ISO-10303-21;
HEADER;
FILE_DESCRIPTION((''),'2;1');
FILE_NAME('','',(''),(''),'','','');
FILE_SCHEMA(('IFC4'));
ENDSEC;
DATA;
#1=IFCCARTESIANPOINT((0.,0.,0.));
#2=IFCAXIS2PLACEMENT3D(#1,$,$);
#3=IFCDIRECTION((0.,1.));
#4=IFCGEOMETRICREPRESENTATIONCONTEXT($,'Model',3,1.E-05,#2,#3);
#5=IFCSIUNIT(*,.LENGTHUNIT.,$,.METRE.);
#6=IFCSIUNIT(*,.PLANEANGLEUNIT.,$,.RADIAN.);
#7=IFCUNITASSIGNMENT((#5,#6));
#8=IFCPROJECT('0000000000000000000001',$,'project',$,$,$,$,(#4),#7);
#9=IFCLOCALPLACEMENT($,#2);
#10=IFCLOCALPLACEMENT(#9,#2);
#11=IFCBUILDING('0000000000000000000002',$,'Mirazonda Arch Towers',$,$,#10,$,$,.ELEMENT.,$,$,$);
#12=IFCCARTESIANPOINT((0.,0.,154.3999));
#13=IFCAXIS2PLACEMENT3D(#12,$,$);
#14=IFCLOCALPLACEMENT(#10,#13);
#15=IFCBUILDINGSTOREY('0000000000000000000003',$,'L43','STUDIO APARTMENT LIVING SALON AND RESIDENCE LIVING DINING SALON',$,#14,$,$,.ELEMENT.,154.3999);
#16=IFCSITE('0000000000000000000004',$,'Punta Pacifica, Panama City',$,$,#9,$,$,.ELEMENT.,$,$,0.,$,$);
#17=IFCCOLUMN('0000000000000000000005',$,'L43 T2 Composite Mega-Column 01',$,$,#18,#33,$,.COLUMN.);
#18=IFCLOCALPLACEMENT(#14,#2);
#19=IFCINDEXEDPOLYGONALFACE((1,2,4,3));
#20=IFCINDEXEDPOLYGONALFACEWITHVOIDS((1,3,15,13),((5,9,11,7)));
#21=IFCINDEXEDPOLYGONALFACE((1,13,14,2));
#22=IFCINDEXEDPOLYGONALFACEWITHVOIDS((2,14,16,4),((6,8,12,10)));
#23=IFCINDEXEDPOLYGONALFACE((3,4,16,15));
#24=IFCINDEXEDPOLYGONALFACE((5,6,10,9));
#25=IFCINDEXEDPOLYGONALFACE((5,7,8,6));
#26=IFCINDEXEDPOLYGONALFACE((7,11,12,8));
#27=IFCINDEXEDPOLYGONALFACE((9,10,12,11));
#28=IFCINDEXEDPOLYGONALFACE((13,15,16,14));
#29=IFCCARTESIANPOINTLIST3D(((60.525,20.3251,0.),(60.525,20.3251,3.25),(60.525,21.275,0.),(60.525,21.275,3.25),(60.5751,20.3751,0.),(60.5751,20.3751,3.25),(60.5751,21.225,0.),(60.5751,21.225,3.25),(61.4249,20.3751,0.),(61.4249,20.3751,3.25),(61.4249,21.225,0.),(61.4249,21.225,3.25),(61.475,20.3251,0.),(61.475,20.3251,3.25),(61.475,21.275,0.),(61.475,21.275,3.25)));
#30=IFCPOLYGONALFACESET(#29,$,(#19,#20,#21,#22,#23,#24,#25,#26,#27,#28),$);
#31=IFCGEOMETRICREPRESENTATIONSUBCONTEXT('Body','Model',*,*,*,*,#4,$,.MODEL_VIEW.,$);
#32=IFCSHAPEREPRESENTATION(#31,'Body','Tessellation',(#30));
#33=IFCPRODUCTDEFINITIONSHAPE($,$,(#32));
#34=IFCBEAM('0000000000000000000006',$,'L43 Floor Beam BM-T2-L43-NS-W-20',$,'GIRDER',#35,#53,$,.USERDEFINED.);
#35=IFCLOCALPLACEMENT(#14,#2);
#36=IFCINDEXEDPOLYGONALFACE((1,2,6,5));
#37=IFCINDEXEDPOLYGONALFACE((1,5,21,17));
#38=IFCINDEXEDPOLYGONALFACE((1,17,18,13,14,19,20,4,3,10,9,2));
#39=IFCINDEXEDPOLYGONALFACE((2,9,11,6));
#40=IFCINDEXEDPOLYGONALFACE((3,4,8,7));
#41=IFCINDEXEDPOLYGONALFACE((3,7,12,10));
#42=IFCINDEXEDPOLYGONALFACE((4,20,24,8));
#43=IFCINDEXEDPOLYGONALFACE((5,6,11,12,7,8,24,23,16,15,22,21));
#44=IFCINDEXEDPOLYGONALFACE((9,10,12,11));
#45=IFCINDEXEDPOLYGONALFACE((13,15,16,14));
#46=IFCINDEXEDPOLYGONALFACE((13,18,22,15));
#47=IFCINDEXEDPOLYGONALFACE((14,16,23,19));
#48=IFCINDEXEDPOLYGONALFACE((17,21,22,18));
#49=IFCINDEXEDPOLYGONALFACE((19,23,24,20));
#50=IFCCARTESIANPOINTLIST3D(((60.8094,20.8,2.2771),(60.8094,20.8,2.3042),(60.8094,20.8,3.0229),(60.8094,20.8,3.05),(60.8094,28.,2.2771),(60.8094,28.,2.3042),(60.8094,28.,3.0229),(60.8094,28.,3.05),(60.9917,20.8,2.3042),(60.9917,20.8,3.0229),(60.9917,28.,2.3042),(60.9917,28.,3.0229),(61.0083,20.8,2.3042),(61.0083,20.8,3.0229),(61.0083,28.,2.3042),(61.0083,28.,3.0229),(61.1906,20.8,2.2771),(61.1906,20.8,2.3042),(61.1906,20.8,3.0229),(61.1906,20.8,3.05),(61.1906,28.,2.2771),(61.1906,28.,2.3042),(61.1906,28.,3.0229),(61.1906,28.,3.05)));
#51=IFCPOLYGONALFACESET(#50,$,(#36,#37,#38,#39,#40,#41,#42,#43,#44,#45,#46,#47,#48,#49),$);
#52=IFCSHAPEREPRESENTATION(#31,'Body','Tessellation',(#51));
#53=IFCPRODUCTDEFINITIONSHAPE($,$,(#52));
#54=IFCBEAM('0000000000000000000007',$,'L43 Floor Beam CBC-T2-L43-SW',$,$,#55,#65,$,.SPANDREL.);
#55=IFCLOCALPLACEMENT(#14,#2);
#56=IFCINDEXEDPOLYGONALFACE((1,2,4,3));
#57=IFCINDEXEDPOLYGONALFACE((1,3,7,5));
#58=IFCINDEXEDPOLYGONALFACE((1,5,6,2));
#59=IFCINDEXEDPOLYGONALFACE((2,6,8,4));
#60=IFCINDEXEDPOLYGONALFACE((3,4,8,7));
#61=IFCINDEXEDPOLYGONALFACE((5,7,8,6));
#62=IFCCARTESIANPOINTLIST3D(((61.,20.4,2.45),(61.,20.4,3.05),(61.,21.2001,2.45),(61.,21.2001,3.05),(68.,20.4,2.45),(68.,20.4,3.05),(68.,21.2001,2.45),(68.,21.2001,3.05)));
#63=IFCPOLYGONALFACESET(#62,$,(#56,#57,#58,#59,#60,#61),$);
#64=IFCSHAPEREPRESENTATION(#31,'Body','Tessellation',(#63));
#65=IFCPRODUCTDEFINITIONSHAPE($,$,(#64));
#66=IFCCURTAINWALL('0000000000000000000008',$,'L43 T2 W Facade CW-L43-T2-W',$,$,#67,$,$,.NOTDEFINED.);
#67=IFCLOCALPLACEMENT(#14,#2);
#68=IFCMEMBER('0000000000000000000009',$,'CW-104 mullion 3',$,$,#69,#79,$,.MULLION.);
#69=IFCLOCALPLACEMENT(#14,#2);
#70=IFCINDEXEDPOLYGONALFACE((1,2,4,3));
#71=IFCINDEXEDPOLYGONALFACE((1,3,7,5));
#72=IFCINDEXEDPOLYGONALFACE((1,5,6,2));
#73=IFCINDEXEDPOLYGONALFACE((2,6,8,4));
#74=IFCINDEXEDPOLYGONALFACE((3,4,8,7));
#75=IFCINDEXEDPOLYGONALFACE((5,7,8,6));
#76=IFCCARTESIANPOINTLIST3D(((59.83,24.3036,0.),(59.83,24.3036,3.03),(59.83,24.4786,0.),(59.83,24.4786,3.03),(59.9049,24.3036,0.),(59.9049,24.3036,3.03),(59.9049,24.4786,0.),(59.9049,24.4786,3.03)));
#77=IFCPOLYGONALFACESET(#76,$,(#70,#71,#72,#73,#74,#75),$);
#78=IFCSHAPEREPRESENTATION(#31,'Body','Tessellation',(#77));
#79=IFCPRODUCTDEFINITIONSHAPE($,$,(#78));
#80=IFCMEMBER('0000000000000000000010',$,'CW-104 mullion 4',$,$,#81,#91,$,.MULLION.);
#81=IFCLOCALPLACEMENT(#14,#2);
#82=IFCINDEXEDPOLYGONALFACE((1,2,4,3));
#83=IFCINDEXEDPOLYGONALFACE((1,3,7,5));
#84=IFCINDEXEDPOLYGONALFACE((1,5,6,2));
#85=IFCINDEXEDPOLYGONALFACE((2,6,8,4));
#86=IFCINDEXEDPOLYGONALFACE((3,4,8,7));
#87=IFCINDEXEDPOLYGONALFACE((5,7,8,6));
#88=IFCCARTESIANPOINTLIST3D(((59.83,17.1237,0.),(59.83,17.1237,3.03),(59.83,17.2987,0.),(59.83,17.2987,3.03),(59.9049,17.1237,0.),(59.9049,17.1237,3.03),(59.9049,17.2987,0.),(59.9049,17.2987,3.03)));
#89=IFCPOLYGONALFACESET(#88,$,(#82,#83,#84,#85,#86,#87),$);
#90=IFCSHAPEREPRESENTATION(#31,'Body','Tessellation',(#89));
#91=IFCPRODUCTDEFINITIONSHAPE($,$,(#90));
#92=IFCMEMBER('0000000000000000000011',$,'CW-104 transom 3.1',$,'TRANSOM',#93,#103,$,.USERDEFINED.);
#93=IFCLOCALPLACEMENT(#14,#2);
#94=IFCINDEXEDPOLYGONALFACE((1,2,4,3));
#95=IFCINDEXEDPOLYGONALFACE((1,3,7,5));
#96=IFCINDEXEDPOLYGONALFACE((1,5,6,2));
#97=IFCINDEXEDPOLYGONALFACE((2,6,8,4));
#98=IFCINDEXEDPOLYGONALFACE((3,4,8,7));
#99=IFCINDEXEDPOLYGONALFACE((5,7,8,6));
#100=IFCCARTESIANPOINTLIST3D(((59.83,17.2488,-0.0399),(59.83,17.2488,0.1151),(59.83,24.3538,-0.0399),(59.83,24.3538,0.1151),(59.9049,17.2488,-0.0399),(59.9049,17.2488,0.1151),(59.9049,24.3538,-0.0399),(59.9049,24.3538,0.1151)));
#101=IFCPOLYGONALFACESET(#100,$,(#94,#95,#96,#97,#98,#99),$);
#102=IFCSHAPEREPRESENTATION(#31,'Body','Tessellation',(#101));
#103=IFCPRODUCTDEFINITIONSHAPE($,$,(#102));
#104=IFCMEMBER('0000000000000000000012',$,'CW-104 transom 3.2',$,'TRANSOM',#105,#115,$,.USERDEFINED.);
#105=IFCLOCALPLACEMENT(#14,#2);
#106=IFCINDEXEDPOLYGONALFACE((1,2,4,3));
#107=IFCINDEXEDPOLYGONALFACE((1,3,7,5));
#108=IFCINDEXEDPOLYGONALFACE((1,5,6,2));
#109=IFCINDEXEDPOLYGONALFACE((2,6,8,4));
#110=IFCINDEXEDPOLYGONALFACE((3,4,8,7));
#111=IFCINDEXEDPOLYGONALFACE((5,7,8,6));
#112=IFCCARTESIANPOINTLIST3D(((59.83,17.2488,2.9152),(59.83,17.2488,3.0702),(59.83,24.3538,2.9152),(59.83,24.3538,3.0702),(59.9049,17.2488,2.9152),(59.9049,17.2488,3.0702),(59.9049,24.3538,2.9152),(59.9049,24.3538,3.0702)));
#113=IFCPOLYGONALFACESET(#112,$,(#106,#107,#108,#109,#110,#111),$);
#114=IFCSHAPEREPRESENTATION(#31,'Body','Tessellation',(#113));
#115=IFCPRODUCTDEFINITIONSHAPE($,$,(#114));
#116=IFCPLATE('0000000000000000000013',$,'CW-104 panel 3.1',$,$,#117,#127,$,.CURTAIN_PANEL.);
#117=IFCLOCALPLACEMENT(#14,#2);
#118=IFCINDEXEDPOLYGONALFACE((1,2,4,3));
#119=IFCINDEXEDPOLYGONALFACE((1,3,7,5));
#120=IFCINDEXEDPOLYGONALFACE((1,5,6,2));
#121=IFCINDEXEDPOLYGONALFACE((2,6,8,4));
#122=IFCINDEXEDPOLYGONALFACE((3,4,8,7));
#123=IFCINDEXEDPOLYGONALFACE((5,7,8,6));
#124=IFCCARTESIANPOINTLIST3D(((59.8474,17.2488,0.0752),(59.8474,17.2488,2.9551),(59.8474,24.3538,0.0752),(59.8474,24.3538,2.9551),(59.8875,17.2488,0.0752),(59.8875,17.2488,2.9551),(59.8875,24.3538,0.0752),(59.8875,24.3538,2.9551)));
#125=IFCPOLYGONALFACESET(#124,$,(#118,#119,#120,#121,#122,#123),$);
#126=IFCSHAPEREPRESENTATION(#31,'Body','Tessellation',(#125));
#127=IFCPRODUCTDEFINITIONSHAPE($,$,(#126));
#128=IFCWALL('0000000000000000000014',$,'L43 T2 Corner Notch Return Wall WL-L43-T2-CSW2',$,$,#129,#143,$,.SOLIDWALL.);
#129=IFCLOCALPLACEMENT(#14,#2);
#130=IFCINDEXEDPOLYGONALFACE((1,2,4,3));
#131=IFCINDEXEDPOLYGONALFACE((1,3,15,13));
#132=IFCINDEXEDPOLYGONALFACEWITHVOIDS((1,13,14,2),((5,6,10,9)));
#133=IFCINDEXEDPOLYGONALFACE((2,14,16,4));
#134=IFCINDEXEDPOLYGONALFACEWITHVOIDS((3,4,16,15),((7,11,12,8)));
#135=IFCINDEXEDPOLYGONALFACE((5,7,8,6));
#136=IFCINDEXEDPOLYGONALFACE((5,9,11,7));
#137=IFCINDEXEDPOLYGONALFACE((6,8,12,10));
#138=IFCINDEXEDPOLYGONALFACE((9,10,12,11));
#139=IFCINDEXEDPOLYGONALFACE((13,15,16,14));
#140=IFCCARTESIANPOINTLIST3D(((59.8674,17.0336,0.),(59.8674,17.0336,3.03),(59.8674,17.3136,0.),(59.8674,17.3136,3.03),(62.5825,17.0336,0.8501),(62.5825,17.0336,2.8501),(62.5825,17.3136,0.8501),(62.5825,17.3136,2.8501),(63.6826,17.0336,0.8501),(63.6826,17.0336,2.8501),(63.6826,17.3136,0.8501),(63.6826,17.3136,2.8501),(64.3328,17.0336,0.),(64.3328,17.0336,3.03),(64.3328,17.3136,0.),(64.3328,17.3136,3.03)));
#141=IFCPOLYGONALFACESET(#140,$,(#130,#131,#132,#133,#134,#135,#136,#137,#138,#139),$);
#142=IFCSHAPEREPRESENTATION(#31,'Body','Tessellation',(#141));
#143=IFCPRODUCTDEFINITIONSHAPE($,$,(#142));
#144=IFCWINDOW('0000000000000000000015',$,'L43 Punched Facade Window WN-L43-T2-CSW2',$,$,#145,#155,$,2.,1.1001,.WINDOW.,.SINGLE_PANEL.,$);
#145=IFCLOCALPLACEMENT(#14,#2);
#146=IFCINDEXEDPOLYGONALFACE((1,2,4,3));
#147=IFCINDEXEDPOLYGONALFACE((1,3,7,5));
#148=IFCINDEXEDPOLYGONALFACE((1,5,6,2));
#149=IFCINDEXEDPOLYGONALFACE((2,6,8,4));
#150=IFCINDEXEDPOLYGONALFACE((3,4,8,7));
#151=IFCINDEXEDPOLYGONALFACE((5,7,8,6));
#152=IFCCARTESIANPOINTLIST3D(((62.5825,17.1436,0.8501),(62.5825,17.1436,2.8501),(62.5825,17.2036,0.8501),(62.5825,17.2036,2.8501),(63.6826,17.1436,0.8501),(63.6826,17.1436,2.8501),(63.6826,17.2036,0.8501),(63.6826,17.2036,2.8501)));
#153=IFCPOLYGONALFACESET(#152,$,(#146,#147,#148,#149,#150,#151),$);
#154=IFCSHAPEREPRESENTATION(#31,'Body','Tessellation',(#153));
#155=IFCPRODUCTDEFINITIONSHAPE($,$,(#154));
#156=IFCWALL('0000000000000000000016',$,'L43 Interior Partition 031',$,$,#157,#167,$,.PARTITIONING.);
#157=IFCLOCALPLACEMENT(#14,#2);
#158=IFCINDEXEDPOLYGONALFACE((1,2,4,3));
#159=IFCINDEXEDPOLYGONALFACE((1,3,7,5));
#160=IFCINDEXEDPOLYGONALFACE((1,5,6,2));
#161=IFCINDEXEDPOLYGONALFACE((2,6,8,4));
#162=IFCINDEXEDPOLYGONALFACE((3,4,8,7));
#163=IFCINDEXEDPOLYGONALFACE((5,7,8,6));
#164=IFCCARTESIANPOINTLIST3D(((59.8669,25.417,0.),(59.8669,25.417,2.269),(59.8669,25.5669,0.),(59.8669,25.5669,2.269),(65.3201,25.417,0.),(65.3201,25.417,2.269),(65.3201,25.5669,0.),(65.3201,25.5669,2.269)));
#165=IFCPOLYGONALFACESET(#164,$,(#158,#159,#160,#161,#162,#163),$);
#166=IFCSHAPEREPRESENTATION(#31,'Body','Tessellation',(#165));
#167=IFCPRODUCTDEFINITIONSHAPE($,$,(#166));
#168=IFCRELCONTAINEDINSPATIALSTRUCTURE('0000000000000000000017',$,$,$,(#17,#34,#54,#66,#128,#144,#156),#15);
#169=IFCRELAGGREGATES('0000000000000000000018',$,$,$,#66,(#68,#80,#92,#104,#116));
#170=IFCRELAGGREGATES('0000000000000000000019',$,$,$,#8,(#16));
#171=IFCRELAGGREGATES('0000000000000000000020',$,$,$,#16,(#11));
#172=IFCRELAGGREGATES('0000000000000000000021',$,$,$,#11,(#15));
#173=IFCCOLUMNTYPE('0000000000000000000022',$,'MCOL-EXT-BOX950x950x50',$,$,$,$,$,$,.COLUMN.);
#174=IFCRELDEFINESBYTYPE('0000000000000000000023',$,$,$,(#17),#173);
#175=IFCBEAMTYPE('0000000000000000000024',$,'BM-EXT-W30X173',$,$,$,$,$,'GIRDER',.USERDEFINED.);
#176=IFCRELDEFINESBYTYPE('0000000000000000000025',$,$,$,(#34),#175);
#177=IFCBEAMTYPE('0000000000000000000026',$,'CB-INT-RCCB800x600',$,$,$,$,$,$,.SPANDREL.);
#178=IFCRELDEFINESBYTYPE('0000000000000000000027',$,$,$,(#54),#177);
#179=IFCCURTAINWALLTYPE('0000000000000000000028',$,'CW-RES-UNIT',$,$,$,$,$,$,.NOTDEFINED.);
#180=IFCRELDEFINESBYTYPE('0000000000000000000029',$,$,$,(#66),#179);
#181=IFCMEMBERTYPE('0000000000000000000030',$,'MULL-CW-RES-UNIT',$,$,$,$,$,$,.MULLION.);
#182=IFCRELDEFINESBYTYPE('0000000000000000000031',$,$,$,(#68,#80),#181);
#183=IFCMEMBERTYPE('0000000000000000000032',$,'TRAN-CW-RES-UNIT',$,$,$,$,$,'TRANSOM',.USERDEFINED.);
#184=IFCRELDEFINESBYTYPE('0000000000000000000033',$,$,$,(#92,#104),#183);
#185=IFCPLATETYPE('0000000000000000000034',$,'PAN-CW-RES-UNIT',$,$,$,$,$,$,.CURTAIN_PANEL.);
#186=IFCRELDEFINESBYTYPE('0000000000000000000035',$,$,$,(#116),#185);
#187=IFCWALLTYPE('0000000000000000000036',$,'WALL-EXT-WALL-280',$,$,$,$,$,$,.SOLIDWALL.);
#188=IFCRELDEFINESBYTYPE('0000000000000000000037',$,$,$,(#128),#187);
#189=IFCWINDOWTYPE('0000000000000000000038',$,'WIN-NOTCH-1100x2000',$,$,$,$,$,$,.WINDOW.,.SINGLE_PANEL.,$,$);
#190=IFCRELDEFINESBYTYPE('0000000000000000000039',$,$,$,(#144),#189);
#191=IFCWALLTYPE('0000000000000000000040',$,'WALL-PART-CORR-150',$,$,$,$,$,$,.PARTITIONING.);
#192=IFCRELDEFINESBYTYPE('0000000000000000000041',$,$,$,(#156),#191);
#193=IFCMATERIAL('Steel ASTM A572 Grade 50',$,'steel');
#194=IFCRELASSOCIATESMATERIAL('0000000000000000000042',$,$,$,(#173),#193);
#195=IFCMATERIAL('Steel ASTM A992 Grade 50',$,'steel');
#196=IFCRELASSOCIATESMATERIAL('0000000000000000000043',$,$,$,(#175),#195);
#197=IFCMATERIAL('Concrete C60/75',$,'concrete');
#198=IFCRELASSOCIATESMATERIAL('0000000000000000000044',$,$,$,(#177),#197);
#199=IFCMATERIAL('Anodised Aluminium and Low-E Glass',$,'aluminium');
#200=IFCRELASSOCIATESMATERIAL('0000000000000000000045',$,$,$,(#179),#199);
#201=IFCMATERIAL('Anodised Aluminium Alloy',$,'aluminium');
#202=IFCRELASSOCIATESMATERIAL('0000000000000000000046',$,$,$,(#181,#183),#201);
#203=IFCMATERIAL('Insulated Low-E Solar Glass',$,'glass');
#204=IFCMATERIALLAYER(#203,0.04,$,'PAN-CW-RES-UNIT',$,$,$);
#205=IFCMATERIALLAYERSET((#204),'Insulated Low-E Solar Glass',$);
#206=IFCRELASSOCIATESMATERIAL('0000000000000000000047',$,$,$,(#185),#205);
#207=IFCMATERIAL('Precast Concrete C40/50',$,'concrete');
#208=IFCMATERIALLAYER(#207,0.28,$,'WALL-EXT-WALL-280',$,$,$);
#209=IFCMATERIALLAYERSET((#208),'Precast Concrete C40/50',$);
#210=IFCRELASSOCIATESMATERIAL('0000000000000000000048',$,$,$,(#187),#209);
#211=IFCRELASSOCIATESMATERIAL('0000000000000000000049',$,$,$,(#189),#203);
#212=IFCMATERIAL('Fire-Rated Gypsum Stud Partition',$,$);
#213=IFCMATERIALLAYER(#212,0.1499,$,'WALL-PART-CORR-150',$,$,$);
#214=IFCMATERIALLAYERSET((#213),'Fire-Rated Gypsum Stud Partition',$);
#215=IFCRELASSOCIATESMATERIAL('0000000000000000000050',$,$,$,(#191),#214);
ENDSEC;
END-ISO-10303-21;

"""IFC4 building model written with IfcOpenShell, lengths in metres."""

from ifc_helpers import new_model, si_unit, direction, frame, frame_2d, origin, origin_2d, place, context, subcontext, project, spatial, rectangle, hollow_rectangle, i_section, extrude, material, layer, layer_set, material_profile, profile_set, type_object, element, fill, aggregate, save


model = new_model("IFC4")

# Units and contexts
model_context = context("Model", 3, precision=1e-05, world=origin(), true_north=direction((0.0, 1.0)))
body_context = subcontext(model_context, "Body", "Model", "MODEL_VIEW")
ifc_project = project(units=[si_unit("LENGTHUNIT", "METRE"), si_unit("PLANEANGLEUNIT", "RADIAN")], contexts=[model_context])

# Site, building, storey
site_placement = place(None, origin())
site = spatial("IfcSite", under=ifc_project, at=site_placement, Name="Punta Pacifica, Panama City", CompositionType="ELEMENT", RefElevation=0.0)
building_placement = place(site_placement, origin())
building = spatial("IfcBuilding", under=site, at=building_placement, Name="Mirazonda Arch Towers", CompositionType="ELEMENT")
storey_placement = place(building_placement, frame((0.0, 0.0, 154.3999)))
storey = spatial("IfcBuildingStorey", under=building, at=storey_placement, Name="L43", Description="STUDIO APARTMENT LIVING SALON AND RESIDENCE LIVING DINING SALON", CompositionType="ELEMENT", Elevation=154.3999)

# Column
ifc_material_1 = material(Name="Steel ASTM A572 Grade 50", Category="steel")
ifc_material_profile_1 = material_profile(ifc_material_1, hollow_rectangle(XDim=0.95, YDim=0.95, WallThickness=0.05, at=origin_2d()), Name="BOX950x950x50")
ifc_profile_set_1 = profile_set([ifc_material_profile_1], Name="Steel ASTM A572 Grade 50")
column_type = type_object("IfcColumnType", Name="MCOL-EXT-BOX950x950x50", PredefinedType="COLUMN", material=ifc_profile_set_1)
column_placement = place(storey_placement, frame((61.0, 20.8, 0.0), z_axis=(0.0, 0.0, 1.0), x_axis=(1.0, 0.0, 0.0)))
element("IfcColumn", 1, at=column_placement, inside=storey, type_object=column_type, Name="L43 T2 Composite Mega-Column 01", PredefinedType="COLUMN", context=body_context, shape_type="SweptSolid", body=[
    extrude(hollow_rectangle(XDim=0.95, YDim=0.95, WallThickness=0.05, at=origin_2d()), origin(), (0.0, 0.0, 1.0), 3.25),
])

# Beams
ifc_material_2 = material(Name="Steel ASTM A992 Grade 50", Category="steel")
ifc_material_profile_2 = material_profile(ifc_material_2, i_section(OverallWidth=0.3811, OverallDepth=0.7729, WebThickness=0.0166, FlangeThickness=0.0271, at=origin_2d()), Name="W30X173")
ifc_profile_set_2 = profile_set([ifc_material_profile_2], Name="Steel ASTM A992 Grade 50")
beam_type_1 = type_object("IfcBeamType", Name="BM-EXT-W30X173", ElementType="GIRDER", PredefinedType="USERDEFINED", material=ifc_profile_set_2)
beam_1_placement = place(storey_placement, frame((61.0, 20.8, 2.6636), z_axis=(0.0, 1.0, 0.0), x_axis=(-1.0, 0.0, 0.0)))
element("IfcBeam", 2, at=beam_1_placement, inside=storey, type_object=beam_type_1, Name="L43 Floor Beam BM-T2-L43-NS-W-20", ObjectType="GIRDER", PredefinedType="USERDEFINED", context=body_context, shape_type="SweptSolid", body=[
    extrude(i_section(OverallWidth=0.3811, OverallDepth=0.7729, WebThickness=0.0166, FlangeThickness=0.0271, at=origin_2d()), origin(), (0.0, 0.0, 1.0), 7.2),
])
ifc_material_3 = material(Name="Concrete C60/75", Category="concrete")
ifc_material_profile_3 = material_profile(ifc_material_3, rectangle(XDim=0.8, YDim=0.6001, at=origin_2d()), Name="RCCB800x600")
ifc_profile_set_3 = profile_set([ifc_material_profile_3], Name="Concrete C60/75")
beam_type_2 = type_object("IfcBeamType", Name="CB-INT-RCCB800x600", PredefinedType="SPANDREL", material=ifc_profile_set_3)
beam_2_placement = place(storey_placement, frame((61.0, 20.8, 2.75), z_axis=(1.0, 0.0, 0.0), x_axis=(0.0, 1.0, 0.0)))
element("IfcBeam", 3, at=beam_2_placement, inside=storey, type_object=beam_type_2, Name="L43 Floor Beam CBC-T2-L43-SW", PredefinedType="SPANDREL", context=body_context, shape_type="SweptSolid", body=[
    extrude(rectangle(XDim=0.8, YDim=0.6001, at=origin_2d()), origin(), (0.0, 0.0, 1.0), 7.0),
])

# Curtain wall, members, plate
ifc_material_4 = material(Name="Anodised Aluminium and Low-E Glass", Category="aluminium")
curtain_wall_type = type_object("IfcCurtainWallType", Name="CW-RES-UNIT", PredefinedType="NOTDEFINED", material=ifc_material_4)
curtain_wall_placement = place(storey_placement, origin())
curtain_wall = element("IfcCurtainWall", 4, at=curtain_wall_placement, inside=storey, type_object=curtain_wall_type, Name="L43 T2 W Facade CW-L43-T2-W", PredefinedType="NOTDEFINED")
ifc_material_5 = material(Name="Anodised Aluminium Alloy", Category="aluminium")
ifc_material_profile_4 = material_profile(ifc_material_5, rectangle(XDim=0.075, YDim=0.175, at=origin_2d()), Name="ALU-MULL-75x175")
ifc_profile_set_4 = profile_set([ifc_material_profile_4], Name="Anodised Aluminium Alloy")
member_type_1 = type_object("IfcMemberType", Name="MULL-CW-RES-UNIT", PredefinedType="MULLION", material=ifc_profile_set_4)
member_1_placement = place(storey_placement, frame((59.8674, 24.3911, 0.0), z_axis=(0.0, 0.0, 1.0), x_axis=(1.0, 0.0, 0.0)))
member_1 = element("IfcMember", 5, at=member_1_placement, type_object=member_type_1, Name="CW-104 mullion 3", PredefinedType="MULLION", context=body_context, shape_type="SweptSolid", body=[
    extrude(rectangle(XDim=0.075, YDim=0.175, at=origin_2d()), origin(), (0.0, 0.0, 1.0), 3.03),
])
member_2_placement = place(storey_placement, frame((59.8674, 17.2112, 0.0), z_axis=(0.0, 0.0, 1.0), x_axis=(1.0, 0.0, 0.0)))
member_2 = element("IfcMember", 6, at=member_2_placement, type_object=member_type_1, Name="CW-104 mullion 4", PredefinedType="MULLION", context=body_context, shape_type="SweptSolid", body=[
    extrude(rectangle(XDim=0.075, YDim=0.175, at=origin_2d()), origin(), (0.0, 0.0, 1.0), 3.03),
])
ifc_material_profile_5 = material_profile(ifc_material_5, rectangle(XDim=0.075, YDim=0.155, at=origin_2d()), Name="ALU-TRAN-75x155")
ifc_profile_set_5 = profile_set([ifc_material_profile_5], Name="Anodised Aluminium Alloy")
member_type_2 = type_object("IfcMemberType", Name="TRAN-CW-RES-UNIT", ElementType="TRANSOM", PredefinedType="USERDEFINED", material=ifc_profile_set_5)
member_3_placement = place(storey_placement, frame((59.8674, 24.3538, 0.0376), z_axis=(0.0, -1.0, 0.0), x_axis=(1.0, 0.0, 0.0)))
member_3 = element("IfcMember", 7, at=member_3_placement, type_object=member_type_2, Name="CW-104 transom 3.1", ObjectType="TRANSOM", PredefinedType="USERDEFINED", context=body_context, shape_type="SweptSolid", body=[
    extrude(rectangle(XDim=0.075, YDim=0.155, at=origin_2d()), origin(), (0.0, 0.0, 1.0), 7.105),
])
member_4_placement = place(storey_placement, frame((59.8674, 24.3538, 2.9927), z_axis=(0.0, -1.0, 0.0), x_axis=(1.0, 0.0, 0.0)))
member_4 = element("IfcMember", 8, at=member_4_placement, type_object=member_type_2, Name="CW-104 transom 3.2", ObjectType="TRANSOM", PredefinedType="USERDEFINED", context=body_context, shape_type="SweptSolid", body=[
    extrude(rectangle(XDim=0.075, YDim=0.155, at=origin_2d()), origin(), (0.0, 0.0, 1.0), 7.105),
])
ifc_material_6 = material(Name="Insulated Low-E Solar Glass", Category="glass")
ifc_layer_1 = layer(ifc_material_6, 0.04, Name="PAN-CW-RES-UNIT")
ifc_layer_set_1 = layer_set([ifc_layer_1], Name="Insulated Low-E Solar Glass")
plate_type = type_object("IfcPlateType", Name="PAN-CW-RES-UNIT", PredefinedType="CURTAIN_PANEL", material=ifc_layer_set_1)
plate_placement = place(storey_placement, frame((59.8674, 20.8013, 0.0752), z_axis=(0.0, 0.0, 1.0), x_axis=(0.0, -1.0, 0.0)))
plate = element("IfcPlate", 9, at=plate_placement, type_object=plate_type, Name="CW-104 panel 3.1", PredefinedType="CURTAIN_PANEL", context=body_context, shape_type="SweptSolid", body=[
    extrude(rectangle(XDim=7.105, YDim=0.04, at=origin_2d()), origin(), (0.0, 0.0, 1.0), 2.8799),
])
aggregate(curtain_wall, [member_1, member_2, member_3, member_4, plate])

# Wall, opening, window
ifc_material_7 = material(Name="Precast Concrete C40/50", Category="concrete")
ifc_layer_2 = layer(ifc_material_7, 0.28, Name="WALL-EXT-WALL-280")
ifc_layer_set_2 = layer_set([ifc_layer_2], Name="Precast Concrete C40/50")
wall_type_1 = type_object("IfcWallType", Name="WALL-EXT-WALL-280", PredefinedType="SOLIDWALL", material=ifc_layer_set_2)
wall_1_placement = place(storey_placement, frame((59.8674, 17.1736, 0.0), z_axis=(0.0, 0.0, 1.0), x_axis=(1.0, 0.0, 0.0)))
wall_1 = element("IfcWall", 10, at=wall_1_placement, inside=storey, type_object=wall_type_1, Name="L43 T2 Corner Notch Return Wall WL-L43-T2-CSW2", PredefinedType="SOLIDWALL", context=body_context, shape_type="SweptSolid", body=[
    extrude(rectangle(XDim=4.4653, YDim=0.28, at=frame_2d((2.2327, 0.0))), origin(), (0.0, 0.0, 1.0), 3.03),
])
opening_1_placement = place(wall_1_placement, frame((2.7151, 0.0, 0.8501)))
opening_1 = element("IfcOpeningElement", 11, at=opening_1_placement, cuts=wall_1, PredefinedType="OPENING", context=body_context, shape_type="SweptSolid", body=[
    extrude(rectangle(XDim=1.1001, YDim=2.0, at=frame_2d((0.55, 1.0))), frame((0.0, 0.1499, 0.0), z_axis=(0.0, -1.0, 0.0), x_axis=(1.0, 0.0, 0.0)), (0.0, 0.0, 1.0), 0.3),
])
window_type = type_object("IfcWindowType", Name="WIN-NOTCH-1100x2000", PartitioningType="SINGLE_PANEL", PredefinedType="WINDOW", material=ifc_material_6)
window_placement = place(opening_1_placement, origin())
window = element("IfcWindow", 12, at=window_placement, inside=storey, type_object=window_type, Name="L43 Punched Facade Window WN-L43-T2-CSW2", OverallHeight=2.0, OverallWidth=1.1001, PartitioningType="SINGLE_PANEL", PredefinedType="WINDOW", context=body_context, shape_type="SweptSolid", body=[
    extrude(rectangle(XDim=1.1001, YDim=2.0, at=frame_2d((0.55, 1.0))), frame((0.0, 0.03, 0.0), z_axis=(0.0, -1.0, 0.0), x_axis=(1.0, 0.0, 0.0)), (0.0, 0.0, 1.0), 0.0601),
])
fill(opening_1, window)

# Wall
ifc_material_8 = material(Name="Fire-Rated Gypsum Stud Partition")
ifc_layer_3 = layer(ifc_material_8, 0.1499, Name="WALL-PART-CORR-150")
ifc_layer_set_3 = layer_set([ifc_layer_3], Name="Fire-Rated Gypsum Stud Partition")
wall_type_2 = type_object("IfcWallType", Name="WALL-PART-CORR-150", PredefinedType="PARTITIONING", material=ifc_layer_set_3)
wall_2_placement = place(storey_placement, frame((59.8669, 25.4919, 0.0), z_axis=(0.0, 0.0, 1.0), x_axis=(1.0, 0.0, 0.0)))
element("IfcWall", 13, at=wall_2_placement, inside=storey, type_object=wall_type_2, Name="L43 Interior Partition 031", PredefinedType="PARTITIONING", context=body_context, shape_type="SweptSolid", body=[
    extrude(rectangle(XDim=5.4531, YDim=0.1499, at=frame_2d((2.7266, 0.0))), origin(), (0.0, 0.0, 1.0), 2.269),
])

save(model, "model.ifc")
